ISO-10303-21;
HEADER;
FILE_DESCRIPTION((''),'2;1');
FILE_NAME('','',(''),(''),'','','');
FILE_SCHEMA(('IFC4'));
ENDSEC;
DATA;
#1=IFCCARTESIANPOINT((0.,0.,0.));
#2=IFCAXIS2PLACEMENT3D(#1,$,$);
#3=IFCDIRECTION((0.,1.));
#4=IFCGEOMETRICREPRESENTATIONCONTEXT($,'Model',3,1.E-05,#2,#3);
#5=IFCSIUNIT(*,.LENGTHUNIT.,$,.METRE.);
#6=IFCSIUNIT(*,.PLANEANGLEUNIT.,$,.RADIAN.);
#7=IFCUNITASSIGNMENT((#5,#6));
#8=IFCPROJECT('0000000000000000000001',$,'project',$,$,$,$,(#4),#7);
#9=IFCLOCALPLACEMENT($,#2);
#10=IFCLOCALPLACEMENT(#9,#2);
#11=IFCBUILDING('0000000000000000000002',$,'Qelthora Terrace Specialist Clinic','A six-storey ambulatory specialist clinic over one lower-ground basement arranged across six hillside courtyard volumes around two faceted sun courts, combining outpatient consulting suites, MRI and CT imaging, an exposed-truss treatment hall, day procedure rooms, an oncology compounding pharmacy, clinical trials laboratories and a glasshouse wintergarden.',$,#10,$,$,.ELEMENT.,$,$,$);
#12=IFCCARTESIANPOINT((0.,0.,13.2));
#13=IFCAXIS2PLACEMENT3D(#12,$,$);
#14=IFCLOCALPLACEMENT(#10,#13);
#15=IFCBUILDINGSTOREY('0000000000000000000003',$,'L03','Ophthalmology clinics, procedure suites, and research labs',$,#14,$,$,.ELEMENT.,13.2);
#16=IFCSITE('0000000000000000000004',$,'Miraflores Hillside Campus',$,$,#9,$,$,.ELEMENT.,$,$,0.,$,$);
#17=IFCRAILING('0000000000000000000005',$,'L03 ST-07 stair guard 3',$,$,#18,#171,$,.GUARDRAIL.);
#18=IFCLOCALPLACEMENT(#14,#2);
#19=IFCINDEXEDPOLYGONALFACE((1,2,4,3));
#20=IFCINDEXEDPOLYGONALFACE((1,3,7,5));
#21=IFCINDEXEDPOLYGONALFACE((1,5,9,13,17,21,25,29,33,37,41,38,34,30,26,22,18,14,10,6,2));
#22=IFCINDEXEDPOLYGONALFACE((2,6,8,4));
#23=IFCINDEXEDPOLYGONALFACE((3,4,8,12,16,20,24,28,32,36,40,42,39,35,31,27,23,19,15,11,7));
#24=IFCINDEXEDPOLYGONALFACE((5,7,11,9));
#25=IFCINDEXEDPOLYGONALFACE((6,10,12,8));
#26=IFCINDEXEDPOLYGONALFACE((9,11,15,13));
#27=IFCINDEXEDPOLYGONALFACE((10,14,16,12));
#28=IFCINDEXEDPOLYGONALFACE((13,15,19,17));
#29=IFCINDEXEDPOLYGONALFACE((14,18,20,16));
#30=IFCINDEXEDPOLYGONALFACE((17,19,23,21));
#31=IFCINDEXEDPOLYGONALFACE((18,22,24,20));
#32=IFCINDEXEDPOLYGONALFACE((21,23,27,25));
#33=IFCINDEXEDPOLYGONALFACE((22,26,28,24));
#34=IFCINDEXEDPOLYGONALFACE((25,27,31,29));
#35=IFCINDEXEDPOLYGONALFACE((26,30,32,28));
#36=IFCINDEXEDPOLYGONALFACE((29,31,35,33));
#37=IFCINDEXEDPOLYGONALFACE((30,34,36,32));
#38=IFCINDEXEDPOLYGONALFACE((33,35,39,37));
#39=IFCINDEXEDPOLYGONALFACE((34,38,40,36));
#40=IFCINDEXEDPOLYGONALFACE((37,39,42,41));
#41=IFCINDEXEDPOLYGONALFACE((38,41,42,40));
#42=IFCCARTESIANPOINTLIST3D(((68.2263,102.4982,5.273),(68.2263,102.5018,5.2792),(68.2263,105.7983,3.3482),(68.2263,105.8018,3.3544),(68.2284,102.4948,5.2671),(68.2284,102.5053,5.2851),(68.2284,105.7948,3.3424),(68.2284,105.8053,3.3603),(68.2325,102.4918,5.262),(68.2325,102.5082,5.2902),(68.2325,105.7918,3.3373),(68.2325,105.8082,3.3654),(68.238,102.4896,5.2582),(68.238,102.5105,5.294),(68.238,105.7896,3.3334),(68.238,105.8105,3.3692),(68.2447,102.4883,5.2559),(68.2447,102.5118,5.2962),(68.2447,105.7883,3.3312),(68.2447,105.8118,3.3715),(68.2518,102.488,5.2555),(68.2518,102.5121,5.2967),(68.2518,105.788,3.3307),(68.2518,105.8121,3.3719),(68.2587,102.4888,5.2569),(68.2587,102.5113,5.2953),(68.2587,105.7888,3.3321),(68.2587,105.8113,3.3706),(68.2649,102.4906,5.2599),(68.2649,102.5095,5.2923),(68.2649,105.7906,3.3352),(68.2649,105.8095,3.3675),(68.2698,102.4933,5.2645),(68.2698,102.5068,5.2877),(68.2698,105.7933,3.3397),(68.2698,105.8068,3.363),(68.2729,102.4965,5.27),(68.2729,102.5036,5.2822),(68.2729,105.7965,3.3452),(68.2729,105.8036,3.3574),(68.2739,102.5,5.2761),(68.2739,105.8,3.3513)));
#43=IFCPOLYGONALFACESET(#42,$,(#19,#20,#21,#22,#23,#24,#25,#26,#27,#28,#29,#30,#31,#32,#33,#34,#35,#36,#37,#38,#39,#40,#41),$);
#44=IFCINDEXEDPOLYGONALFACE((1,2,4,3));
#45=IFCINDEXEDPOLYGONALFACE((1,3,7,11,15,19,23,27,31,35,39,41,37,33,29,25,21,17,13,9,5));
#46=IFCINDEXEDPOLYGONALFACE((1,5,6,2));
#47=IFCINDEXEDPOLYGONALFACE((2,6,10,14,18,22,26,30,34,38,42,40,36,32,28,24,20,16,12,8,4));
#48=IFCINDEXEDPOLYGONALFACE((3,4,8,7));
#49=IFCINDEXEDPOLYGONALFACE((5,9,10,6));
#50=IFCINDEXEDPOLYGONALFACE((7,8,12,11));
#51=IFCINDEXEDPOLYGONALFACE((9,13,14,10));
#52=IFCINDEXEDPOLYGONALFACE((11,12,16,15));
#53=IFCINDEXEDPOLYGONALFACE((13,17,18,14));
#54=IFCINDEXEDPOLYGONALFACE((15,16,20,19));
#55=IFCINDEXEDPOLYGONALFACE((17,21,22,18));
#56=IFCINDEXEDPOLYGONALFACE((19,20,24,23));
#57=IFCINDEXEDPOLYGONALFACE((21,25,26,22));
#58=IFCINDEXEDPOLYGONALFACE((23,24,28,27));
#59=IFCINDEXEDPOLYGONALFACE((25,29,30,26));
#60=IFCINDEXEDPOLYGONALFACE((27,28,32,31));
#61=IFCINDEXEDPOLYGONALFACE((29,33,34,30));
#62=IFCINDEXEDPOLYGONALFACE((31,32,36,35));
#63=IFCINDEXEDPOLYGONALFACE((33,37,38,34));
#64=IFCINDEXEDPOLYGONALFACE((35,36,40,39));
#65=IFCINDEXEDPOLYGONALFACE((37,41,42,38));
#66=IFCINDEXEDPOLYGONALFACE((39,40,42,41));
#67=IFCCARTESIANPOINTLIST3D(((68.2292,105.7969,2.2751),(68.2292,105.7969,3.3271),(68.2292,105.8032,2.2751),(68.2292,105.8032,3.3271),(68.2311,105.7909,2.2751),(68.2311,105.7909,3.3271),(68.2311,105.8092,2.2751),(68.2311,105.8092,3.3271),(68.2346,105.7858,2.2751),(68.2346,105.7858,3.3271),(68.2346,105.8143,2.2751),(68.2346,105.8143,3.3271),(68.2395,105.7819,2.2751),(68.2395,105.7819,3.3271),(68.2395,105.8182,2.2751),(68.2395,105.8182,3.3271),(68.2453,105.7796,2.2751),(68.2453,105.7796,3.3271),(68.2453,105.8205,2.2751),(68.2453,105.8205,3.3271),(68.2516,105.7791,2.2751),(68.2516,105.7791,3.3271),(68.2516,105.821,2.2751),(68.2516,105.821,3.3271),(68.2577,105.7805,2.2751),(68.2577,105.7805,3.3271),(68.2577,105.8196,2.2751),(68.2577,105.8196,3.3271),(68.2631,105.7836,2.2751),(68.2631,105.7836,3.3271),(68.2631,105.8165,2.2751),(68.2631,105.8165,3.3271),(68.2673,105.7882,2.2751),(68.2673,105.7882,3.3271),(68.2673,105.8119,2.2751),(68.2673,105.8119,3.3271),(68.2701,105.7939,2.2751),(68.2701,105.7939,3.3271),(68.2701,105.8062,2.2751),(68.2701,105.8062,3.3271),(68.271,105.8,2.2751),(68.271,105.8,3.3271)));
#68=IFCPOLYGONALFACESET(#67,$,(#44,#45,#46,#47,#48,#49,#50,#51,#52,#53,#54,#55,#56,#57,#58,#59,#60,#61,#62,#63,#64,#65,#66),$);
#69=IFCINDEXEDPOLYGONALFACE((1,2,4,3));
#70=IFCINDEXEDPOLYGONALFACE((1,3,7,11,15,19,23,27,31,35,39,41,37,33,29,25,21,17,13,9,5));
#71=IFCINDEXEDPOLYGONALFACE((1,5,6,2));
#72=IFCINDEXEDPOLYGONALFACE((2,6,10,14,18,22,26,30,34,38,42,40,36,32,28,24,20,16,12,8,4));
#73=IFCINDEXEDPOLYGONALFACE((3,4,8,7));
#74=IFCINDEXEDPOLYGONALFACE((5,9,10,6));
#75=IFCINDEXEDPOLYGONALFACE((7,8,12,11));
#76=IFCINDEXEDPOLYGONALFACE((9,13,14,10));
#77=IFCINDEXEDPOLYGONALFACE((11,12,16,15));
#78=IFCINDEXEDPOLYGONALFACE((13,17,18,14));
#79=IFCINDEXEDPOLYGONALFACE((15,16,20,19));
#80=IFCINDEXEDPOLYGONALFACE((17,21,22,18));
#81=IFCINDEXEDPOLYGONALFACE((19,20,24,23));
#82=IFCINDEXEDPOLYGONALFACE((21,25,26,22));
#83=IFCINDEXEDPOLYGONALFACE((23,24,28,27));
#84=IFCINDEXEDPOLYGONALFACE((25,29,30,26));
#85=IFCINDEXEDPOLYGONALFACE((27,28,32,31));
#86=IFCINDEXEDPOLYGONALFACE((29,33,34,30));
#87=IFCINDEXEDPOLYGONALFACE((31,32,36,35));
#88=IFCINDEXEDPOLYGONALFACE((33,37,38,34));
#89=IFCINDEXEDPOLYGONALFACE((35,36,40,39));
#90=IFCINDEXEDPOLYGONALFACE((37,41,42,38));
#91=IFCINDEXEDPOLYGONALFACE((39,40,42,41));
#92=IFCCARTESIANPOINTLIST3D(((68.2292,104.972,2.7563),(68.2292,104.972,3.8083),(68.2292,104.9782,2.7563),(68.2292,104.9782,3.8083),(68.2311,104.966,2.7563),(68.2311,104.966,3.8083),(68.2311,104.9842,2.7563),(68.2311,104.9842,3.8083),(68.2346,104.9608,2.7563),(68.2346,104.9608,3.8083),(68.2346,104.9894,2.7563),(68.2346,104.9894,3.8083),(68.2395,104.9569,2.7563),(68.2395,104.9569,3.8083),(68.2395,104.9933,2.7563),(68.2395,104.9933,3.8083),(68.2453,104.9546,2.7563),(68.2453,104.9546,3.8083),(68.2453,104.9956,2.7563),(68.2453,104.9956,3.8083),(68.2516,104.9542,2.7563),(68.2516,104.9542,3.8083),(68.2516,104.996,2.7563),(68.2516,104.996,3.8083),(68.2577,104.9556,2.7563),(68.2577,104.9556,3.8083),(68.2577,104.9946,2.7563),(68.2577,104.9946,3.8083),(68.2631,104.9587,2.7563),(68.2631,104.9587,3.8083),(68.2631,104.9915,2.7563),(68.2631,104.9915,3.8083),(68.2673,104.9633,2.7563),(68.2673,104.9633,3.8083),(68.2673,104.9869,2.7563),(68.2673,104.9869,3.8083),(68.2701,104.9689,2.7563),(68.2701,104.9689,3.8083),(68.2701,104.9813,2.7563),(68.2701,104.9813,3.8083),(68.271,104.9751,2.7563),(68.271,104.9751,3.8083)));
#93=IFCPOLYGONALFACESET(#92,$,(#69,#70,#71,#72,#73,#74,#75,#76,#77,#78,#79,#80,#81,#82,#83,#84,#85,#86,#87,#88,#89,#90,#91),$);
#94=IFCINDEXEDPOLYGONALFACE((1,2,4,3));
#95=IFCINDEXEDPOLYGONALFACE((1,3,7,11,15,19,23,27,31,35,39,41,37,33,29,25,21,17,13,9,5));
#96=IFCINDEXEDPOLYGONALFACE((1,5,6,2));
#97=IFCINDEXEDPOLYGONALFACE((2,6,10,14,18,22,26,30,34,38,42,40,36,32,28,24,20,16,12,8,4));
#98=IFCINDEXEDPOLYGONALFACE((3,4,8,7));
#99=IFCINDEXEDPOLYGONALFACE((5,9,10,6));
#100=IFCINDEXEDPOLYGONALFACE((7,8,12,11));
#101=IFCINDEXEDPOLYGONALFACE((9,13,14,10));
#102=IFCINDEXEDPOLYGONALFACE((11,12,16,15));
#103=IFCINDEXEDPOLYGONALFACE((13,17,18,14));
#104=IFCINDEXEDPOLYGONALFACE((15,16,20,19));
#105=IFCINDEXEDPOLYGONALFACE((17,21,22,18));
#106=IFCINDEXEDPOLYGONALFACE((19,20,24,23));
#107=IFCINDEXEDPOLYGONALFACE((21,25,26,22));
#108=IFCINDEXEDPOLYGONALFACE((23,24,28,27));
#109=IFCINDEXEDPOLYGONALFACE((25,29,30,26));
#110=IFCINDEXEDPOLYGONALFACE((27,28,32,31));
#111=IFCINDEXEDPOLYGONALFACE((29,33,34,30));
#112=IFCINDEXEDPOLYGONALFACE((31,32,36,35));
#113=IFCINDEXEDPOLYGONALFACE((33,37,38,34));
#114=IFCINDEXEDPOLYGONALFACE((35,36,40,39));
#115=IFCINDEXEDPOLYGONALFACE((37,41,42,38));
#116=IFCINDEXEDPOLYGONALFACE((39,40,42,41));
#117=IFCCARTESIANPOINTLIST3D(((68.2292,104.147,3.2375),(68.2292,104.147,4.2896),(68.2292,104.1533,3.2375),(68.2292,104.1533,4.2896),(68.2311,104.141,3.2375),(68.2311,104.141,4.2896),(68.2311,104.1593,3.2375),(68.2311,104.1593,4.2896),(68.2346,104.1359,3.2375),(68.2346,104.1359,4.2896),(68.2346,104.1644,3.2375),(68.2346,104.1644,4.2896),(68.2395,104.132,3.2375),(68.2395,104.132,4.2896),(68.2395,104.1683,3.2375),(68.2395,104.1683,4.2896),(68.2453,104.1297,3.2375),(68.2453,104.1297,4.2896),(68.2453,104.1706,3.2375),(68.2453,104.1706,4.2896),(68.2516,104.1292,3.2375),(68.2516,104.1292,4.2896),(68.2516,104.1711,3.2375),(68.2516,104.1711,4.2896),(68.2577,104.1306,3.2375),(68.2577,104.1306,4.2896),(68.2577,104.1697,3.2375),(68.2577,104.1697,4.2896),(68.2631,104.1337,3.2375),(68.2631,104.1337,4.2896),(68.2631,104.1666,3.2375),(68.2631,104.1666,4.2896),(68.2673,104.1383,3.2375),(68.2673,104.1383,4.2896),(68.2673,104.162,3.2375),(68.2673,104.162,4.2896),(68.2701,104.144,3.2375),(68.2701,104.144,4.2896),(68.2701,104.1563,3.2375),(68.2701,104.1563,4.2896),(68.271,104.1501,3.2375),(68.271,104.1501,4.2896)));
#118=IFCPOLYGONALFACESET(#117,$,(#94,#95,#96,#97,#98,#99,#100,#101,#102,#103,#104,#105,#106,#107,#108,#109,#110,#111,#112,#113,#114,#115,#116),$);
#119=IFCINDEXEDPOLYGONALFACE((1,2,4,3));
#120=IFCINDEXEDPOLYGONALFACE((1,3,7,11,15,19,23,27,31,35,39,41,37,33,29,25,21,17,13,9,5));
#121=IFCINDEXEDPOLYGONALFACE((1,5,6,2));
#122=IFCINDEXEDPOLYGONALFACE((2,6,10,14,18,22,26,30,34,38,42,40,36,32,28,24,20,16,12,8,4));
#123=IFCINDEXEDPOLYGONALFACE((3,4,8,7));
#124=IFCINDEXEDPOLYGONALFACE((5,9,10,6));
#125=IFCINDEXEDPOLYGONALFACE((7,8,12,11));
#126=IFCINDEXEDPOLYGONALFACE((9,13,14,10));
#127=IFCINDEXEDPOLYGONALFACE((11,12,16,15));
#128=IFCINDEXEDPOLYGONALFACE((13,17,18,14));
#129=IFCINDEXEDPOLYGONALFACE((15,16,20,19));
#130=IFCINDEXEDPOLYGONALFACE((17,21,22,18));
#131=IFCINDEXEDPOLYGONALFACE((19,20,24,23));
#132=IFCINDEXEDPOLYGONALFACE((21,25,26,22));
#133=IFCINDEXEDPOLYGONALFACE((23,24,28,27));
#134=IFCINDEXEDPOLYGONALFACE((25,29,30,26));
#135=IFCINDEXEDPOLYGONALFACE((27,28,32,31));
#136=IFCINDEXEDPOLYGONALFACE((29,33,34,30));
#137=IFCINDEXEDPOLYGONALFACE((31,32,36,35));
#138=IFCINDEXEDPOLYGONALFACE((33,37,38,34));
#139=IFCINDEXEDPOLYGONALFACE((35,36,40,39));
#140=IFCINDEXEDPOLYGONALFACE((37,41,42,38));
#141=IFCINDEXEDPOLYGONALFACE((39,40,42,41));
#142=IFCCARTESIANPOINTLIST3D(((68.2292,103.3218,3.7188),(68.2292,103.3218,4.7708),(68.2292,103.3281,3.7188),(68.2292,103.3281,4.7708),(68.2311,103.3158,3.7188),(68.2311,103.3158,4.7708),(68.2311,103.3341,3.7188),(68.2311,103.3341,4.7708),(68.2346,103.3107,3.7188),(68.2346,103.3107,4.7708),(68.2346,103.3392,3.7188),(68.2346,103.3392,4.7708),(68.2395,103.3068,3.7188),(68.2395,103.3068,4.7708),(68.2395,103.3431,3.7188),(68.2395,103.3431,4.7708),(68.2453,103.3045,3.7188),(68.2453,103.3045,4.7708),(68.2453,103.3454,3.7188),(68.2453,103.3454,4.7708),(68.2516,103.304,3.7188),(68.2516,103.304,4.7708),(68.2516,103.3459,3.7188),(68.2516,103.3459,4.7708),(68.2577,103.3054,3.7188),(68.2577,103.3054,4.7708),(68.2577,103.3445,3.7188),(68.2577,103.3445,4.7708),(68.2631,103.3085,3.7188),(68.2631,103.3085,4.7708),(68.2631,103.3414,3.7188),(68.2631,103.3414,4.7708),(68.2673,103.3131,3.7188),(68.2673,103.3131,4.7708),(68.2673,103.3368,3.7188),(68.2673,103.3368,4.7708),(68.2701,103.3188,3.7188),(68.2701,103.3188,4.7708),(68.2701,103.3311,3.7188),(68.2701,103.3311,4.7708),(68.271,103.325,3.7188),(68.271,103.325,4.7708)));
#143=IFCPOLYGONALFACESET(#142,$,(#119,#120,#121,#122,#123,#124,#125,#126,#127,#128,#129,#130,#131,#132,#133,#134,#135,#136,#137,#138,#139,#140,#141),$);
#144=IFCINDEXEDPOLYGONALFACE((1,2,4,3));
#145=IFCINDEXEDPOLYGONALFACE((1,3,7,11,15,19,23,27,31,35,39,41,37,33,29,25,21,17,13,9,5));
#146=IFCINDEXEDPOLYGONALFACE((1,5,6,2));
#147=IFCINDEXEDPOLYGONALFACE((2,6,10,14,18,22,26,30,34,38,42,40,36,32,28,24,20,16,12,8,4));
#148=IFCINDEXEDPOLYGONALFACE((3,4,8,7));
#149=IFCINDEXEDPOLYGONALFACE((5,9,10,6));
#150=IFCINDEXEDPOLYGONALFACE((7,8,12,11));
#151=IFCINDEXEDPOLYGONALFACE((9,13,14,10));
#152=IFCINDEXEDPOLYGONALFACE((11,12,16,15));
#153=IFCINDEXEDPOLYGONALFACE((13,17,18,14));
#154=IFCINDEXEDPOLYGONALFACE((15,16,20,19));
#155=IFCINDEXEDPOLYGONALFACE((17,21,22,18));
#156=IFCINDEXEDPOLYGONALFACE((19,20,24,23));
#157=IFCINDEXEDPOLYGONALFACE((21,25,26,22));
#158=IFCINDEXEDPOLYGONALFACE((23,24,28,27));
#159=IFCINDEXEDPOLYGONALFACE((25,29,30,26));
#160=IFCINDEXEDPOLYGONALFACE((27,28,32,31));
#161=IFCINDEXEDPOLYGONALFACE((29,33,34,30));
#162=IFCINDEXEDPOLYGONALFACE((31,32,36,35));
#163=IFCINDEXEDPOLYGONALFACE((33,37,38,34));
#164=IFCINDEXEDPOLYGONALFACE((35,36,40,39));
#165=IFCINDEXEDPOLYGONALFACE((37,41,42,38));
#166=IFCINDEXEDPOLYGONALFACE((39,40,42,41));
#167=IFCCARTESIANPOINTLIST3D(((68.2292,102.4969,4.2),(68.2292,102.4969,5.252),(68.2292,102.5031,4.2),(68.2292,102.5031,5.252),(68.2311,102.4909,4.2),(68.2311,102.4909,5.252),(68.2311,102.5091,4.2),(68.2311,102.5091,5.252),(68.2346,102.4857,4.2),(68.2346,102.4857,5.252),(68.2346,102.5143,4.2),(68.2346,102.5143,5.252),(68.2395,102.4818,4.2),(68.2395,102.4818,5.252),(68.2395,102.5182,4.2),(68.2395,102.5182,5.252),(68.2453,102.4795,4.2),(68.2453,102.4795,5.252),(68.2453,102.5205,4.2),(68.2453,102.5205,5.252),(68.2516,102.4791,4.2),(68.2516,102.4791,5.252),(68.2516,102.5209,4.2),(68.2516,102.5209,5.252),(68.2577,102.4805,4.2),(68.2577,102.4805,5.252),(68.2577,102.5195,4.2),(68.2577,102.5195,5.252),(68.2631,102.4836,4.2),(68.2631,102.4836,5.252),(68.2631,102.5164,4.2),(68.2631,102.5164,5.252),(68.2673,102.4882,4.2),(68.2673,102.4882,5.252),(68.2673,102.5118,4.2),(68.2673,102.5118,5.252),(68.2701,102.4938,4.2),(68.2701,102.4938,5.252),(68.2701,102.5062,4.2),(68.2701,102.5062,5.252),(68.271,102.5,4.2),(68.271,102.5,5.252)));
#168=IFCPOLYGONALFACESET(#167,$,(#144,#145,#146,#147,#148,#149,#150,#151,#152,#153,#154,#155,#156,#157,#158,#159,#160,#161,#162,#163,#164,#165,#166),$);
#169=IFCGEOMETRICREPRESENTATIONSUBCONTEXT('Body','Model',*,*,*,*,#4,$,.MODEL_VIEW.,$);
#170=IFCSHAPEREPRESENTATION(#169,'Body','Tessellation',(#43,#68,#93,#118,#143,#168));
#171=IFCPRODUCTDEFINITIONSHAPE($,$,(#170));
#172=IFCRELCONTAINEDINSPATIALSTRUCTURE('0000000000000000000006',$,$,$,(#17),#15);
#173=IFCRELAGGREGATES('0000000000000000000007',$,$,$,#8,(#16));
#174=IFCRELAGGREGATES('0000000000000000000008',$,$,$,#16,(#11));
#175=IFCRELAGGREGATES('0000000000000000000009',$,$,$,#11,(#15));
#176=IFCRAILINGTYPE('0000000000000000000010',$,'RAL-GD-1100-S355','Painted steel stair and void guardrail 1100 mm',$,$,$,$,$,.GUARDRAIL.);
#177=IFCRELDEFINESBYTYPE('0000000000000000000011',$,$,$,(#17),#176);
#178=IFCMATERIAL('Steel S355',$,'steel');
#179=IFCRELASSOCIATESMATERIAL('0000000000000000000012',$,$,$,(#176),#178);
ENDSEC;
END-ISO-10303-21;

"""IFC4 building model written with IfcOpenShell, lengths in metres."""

from ifc_helpers import new_model, si_unit, direction, frame, origin, origin_2d, place, context, subcontext, project, spatial, circle, extrude, material, type_object, element, save


model = new_model("IFC4")

# Units and contexts
model_context = context("Model", 3, precision=1e-05, world=origin(), true_north=direction((0.0, 1.0)))
body_context = subcontext(model_context, "Body", "Model", "MODEL_VIEW")
ifc_project = project(units=[si_unit("LENGTHUNIT", "METRE"), si_unit("PLANEANGLEUNIT", "RADIAN")], contexts=[model_context])

# Site, building, storey
site_placement = place(None, origin())
site = spatial("IfcSite", under=ifc_project, at=site_placement, Name="Miraflores Hillside Campus", CompositionType="ELEMENT", RefElevation=0.0)
building_placement = place(site_placement, origin())
building = spatial("IfcBuilding", under=site, at=building_placement, Name="Qelthora Terrace Specialist Clinic", Description="A six-storey ambulatory specialist clinic over one lower-ground basement arranged across six hillside courtyard volumes around two faceted sun courts, combining outpatient consulting suites, MRI and CT imaging, an exposed-truss treatment hall, day procedure rooms, an oncology compounding pharmacy, clinical trials laboratories and a glasshouse wintergarden.", CompositionType="ELEMENT")
storey_placement = place(building_placement, frame((0.0, 0.0, 13.2)))
storey = spatial("IfcBuildingStorey", under=building, at=storey_placement, Name="L03", Description="Ophthalmology clinics, procedure suites, and research labs", CompositionType="ELEMENT", Elevation=13.2)

# Shared definitions
ifc_material_1 = material(Name="Steel S355", Category="steel")

# Railing
railing_type_1 = type_object("IfcRailingType", Name="RAL-GD-1100-S355", Description="Painted steel stair and void guardrail 1100 mm", PredefinedType="GUARDRAIL", material=ifc_material_1)
railing_1_placement = place(storey_placement, frame((68.25, 105.8, 2.2751)))
element("IfcRailing", 1, at=railing_1_placement, inside=storey, type_object=railing_type_1, Name="L03 ST-07 stair guard 3", PredefinedType="GUARDRAIL", context=body_context, shape_type="SweptSolid", body=[
    extrude(circle(Radius=0.0239, at=origin_2d()), frame((0.0, 0.0, 1.0762), z_axis=(0.0, -0.863804, 0.503827), x_axis=(1.0, 0.0, 0.0)), (0.0, 0.0, 1.0), 3.8203),
    extrude(circle(Radius=0.021, at=origin_2d()), origin(), (0.0, 0.0, 1.0), 1.052),
    extrude(circle(Radius=0.021, at=origin_2d()), frame((0.0, -0.825, 0.4812)), (0.0, 0.0, 1.0), 1.052),
    extrude(circle(Radius=0.021, at=origin_2d()), frame((0.0, -1.6499, 0.9624)), (0.0, 0.0, 1.0), 1.052),
    extrude(circle(Radius=0.021, at=origin_2d()), frame((0.0, -2.4751, 1.4436)), (0.0, 0.0, 1.0), 1.052),
    extrude(circle(Radius=0.021, at=origin_2d()), frame((0.0, -3.3, 1.9248)), (0.0, 0.0, 1.0), 1.052),
])

save(model, "model.ifc")
